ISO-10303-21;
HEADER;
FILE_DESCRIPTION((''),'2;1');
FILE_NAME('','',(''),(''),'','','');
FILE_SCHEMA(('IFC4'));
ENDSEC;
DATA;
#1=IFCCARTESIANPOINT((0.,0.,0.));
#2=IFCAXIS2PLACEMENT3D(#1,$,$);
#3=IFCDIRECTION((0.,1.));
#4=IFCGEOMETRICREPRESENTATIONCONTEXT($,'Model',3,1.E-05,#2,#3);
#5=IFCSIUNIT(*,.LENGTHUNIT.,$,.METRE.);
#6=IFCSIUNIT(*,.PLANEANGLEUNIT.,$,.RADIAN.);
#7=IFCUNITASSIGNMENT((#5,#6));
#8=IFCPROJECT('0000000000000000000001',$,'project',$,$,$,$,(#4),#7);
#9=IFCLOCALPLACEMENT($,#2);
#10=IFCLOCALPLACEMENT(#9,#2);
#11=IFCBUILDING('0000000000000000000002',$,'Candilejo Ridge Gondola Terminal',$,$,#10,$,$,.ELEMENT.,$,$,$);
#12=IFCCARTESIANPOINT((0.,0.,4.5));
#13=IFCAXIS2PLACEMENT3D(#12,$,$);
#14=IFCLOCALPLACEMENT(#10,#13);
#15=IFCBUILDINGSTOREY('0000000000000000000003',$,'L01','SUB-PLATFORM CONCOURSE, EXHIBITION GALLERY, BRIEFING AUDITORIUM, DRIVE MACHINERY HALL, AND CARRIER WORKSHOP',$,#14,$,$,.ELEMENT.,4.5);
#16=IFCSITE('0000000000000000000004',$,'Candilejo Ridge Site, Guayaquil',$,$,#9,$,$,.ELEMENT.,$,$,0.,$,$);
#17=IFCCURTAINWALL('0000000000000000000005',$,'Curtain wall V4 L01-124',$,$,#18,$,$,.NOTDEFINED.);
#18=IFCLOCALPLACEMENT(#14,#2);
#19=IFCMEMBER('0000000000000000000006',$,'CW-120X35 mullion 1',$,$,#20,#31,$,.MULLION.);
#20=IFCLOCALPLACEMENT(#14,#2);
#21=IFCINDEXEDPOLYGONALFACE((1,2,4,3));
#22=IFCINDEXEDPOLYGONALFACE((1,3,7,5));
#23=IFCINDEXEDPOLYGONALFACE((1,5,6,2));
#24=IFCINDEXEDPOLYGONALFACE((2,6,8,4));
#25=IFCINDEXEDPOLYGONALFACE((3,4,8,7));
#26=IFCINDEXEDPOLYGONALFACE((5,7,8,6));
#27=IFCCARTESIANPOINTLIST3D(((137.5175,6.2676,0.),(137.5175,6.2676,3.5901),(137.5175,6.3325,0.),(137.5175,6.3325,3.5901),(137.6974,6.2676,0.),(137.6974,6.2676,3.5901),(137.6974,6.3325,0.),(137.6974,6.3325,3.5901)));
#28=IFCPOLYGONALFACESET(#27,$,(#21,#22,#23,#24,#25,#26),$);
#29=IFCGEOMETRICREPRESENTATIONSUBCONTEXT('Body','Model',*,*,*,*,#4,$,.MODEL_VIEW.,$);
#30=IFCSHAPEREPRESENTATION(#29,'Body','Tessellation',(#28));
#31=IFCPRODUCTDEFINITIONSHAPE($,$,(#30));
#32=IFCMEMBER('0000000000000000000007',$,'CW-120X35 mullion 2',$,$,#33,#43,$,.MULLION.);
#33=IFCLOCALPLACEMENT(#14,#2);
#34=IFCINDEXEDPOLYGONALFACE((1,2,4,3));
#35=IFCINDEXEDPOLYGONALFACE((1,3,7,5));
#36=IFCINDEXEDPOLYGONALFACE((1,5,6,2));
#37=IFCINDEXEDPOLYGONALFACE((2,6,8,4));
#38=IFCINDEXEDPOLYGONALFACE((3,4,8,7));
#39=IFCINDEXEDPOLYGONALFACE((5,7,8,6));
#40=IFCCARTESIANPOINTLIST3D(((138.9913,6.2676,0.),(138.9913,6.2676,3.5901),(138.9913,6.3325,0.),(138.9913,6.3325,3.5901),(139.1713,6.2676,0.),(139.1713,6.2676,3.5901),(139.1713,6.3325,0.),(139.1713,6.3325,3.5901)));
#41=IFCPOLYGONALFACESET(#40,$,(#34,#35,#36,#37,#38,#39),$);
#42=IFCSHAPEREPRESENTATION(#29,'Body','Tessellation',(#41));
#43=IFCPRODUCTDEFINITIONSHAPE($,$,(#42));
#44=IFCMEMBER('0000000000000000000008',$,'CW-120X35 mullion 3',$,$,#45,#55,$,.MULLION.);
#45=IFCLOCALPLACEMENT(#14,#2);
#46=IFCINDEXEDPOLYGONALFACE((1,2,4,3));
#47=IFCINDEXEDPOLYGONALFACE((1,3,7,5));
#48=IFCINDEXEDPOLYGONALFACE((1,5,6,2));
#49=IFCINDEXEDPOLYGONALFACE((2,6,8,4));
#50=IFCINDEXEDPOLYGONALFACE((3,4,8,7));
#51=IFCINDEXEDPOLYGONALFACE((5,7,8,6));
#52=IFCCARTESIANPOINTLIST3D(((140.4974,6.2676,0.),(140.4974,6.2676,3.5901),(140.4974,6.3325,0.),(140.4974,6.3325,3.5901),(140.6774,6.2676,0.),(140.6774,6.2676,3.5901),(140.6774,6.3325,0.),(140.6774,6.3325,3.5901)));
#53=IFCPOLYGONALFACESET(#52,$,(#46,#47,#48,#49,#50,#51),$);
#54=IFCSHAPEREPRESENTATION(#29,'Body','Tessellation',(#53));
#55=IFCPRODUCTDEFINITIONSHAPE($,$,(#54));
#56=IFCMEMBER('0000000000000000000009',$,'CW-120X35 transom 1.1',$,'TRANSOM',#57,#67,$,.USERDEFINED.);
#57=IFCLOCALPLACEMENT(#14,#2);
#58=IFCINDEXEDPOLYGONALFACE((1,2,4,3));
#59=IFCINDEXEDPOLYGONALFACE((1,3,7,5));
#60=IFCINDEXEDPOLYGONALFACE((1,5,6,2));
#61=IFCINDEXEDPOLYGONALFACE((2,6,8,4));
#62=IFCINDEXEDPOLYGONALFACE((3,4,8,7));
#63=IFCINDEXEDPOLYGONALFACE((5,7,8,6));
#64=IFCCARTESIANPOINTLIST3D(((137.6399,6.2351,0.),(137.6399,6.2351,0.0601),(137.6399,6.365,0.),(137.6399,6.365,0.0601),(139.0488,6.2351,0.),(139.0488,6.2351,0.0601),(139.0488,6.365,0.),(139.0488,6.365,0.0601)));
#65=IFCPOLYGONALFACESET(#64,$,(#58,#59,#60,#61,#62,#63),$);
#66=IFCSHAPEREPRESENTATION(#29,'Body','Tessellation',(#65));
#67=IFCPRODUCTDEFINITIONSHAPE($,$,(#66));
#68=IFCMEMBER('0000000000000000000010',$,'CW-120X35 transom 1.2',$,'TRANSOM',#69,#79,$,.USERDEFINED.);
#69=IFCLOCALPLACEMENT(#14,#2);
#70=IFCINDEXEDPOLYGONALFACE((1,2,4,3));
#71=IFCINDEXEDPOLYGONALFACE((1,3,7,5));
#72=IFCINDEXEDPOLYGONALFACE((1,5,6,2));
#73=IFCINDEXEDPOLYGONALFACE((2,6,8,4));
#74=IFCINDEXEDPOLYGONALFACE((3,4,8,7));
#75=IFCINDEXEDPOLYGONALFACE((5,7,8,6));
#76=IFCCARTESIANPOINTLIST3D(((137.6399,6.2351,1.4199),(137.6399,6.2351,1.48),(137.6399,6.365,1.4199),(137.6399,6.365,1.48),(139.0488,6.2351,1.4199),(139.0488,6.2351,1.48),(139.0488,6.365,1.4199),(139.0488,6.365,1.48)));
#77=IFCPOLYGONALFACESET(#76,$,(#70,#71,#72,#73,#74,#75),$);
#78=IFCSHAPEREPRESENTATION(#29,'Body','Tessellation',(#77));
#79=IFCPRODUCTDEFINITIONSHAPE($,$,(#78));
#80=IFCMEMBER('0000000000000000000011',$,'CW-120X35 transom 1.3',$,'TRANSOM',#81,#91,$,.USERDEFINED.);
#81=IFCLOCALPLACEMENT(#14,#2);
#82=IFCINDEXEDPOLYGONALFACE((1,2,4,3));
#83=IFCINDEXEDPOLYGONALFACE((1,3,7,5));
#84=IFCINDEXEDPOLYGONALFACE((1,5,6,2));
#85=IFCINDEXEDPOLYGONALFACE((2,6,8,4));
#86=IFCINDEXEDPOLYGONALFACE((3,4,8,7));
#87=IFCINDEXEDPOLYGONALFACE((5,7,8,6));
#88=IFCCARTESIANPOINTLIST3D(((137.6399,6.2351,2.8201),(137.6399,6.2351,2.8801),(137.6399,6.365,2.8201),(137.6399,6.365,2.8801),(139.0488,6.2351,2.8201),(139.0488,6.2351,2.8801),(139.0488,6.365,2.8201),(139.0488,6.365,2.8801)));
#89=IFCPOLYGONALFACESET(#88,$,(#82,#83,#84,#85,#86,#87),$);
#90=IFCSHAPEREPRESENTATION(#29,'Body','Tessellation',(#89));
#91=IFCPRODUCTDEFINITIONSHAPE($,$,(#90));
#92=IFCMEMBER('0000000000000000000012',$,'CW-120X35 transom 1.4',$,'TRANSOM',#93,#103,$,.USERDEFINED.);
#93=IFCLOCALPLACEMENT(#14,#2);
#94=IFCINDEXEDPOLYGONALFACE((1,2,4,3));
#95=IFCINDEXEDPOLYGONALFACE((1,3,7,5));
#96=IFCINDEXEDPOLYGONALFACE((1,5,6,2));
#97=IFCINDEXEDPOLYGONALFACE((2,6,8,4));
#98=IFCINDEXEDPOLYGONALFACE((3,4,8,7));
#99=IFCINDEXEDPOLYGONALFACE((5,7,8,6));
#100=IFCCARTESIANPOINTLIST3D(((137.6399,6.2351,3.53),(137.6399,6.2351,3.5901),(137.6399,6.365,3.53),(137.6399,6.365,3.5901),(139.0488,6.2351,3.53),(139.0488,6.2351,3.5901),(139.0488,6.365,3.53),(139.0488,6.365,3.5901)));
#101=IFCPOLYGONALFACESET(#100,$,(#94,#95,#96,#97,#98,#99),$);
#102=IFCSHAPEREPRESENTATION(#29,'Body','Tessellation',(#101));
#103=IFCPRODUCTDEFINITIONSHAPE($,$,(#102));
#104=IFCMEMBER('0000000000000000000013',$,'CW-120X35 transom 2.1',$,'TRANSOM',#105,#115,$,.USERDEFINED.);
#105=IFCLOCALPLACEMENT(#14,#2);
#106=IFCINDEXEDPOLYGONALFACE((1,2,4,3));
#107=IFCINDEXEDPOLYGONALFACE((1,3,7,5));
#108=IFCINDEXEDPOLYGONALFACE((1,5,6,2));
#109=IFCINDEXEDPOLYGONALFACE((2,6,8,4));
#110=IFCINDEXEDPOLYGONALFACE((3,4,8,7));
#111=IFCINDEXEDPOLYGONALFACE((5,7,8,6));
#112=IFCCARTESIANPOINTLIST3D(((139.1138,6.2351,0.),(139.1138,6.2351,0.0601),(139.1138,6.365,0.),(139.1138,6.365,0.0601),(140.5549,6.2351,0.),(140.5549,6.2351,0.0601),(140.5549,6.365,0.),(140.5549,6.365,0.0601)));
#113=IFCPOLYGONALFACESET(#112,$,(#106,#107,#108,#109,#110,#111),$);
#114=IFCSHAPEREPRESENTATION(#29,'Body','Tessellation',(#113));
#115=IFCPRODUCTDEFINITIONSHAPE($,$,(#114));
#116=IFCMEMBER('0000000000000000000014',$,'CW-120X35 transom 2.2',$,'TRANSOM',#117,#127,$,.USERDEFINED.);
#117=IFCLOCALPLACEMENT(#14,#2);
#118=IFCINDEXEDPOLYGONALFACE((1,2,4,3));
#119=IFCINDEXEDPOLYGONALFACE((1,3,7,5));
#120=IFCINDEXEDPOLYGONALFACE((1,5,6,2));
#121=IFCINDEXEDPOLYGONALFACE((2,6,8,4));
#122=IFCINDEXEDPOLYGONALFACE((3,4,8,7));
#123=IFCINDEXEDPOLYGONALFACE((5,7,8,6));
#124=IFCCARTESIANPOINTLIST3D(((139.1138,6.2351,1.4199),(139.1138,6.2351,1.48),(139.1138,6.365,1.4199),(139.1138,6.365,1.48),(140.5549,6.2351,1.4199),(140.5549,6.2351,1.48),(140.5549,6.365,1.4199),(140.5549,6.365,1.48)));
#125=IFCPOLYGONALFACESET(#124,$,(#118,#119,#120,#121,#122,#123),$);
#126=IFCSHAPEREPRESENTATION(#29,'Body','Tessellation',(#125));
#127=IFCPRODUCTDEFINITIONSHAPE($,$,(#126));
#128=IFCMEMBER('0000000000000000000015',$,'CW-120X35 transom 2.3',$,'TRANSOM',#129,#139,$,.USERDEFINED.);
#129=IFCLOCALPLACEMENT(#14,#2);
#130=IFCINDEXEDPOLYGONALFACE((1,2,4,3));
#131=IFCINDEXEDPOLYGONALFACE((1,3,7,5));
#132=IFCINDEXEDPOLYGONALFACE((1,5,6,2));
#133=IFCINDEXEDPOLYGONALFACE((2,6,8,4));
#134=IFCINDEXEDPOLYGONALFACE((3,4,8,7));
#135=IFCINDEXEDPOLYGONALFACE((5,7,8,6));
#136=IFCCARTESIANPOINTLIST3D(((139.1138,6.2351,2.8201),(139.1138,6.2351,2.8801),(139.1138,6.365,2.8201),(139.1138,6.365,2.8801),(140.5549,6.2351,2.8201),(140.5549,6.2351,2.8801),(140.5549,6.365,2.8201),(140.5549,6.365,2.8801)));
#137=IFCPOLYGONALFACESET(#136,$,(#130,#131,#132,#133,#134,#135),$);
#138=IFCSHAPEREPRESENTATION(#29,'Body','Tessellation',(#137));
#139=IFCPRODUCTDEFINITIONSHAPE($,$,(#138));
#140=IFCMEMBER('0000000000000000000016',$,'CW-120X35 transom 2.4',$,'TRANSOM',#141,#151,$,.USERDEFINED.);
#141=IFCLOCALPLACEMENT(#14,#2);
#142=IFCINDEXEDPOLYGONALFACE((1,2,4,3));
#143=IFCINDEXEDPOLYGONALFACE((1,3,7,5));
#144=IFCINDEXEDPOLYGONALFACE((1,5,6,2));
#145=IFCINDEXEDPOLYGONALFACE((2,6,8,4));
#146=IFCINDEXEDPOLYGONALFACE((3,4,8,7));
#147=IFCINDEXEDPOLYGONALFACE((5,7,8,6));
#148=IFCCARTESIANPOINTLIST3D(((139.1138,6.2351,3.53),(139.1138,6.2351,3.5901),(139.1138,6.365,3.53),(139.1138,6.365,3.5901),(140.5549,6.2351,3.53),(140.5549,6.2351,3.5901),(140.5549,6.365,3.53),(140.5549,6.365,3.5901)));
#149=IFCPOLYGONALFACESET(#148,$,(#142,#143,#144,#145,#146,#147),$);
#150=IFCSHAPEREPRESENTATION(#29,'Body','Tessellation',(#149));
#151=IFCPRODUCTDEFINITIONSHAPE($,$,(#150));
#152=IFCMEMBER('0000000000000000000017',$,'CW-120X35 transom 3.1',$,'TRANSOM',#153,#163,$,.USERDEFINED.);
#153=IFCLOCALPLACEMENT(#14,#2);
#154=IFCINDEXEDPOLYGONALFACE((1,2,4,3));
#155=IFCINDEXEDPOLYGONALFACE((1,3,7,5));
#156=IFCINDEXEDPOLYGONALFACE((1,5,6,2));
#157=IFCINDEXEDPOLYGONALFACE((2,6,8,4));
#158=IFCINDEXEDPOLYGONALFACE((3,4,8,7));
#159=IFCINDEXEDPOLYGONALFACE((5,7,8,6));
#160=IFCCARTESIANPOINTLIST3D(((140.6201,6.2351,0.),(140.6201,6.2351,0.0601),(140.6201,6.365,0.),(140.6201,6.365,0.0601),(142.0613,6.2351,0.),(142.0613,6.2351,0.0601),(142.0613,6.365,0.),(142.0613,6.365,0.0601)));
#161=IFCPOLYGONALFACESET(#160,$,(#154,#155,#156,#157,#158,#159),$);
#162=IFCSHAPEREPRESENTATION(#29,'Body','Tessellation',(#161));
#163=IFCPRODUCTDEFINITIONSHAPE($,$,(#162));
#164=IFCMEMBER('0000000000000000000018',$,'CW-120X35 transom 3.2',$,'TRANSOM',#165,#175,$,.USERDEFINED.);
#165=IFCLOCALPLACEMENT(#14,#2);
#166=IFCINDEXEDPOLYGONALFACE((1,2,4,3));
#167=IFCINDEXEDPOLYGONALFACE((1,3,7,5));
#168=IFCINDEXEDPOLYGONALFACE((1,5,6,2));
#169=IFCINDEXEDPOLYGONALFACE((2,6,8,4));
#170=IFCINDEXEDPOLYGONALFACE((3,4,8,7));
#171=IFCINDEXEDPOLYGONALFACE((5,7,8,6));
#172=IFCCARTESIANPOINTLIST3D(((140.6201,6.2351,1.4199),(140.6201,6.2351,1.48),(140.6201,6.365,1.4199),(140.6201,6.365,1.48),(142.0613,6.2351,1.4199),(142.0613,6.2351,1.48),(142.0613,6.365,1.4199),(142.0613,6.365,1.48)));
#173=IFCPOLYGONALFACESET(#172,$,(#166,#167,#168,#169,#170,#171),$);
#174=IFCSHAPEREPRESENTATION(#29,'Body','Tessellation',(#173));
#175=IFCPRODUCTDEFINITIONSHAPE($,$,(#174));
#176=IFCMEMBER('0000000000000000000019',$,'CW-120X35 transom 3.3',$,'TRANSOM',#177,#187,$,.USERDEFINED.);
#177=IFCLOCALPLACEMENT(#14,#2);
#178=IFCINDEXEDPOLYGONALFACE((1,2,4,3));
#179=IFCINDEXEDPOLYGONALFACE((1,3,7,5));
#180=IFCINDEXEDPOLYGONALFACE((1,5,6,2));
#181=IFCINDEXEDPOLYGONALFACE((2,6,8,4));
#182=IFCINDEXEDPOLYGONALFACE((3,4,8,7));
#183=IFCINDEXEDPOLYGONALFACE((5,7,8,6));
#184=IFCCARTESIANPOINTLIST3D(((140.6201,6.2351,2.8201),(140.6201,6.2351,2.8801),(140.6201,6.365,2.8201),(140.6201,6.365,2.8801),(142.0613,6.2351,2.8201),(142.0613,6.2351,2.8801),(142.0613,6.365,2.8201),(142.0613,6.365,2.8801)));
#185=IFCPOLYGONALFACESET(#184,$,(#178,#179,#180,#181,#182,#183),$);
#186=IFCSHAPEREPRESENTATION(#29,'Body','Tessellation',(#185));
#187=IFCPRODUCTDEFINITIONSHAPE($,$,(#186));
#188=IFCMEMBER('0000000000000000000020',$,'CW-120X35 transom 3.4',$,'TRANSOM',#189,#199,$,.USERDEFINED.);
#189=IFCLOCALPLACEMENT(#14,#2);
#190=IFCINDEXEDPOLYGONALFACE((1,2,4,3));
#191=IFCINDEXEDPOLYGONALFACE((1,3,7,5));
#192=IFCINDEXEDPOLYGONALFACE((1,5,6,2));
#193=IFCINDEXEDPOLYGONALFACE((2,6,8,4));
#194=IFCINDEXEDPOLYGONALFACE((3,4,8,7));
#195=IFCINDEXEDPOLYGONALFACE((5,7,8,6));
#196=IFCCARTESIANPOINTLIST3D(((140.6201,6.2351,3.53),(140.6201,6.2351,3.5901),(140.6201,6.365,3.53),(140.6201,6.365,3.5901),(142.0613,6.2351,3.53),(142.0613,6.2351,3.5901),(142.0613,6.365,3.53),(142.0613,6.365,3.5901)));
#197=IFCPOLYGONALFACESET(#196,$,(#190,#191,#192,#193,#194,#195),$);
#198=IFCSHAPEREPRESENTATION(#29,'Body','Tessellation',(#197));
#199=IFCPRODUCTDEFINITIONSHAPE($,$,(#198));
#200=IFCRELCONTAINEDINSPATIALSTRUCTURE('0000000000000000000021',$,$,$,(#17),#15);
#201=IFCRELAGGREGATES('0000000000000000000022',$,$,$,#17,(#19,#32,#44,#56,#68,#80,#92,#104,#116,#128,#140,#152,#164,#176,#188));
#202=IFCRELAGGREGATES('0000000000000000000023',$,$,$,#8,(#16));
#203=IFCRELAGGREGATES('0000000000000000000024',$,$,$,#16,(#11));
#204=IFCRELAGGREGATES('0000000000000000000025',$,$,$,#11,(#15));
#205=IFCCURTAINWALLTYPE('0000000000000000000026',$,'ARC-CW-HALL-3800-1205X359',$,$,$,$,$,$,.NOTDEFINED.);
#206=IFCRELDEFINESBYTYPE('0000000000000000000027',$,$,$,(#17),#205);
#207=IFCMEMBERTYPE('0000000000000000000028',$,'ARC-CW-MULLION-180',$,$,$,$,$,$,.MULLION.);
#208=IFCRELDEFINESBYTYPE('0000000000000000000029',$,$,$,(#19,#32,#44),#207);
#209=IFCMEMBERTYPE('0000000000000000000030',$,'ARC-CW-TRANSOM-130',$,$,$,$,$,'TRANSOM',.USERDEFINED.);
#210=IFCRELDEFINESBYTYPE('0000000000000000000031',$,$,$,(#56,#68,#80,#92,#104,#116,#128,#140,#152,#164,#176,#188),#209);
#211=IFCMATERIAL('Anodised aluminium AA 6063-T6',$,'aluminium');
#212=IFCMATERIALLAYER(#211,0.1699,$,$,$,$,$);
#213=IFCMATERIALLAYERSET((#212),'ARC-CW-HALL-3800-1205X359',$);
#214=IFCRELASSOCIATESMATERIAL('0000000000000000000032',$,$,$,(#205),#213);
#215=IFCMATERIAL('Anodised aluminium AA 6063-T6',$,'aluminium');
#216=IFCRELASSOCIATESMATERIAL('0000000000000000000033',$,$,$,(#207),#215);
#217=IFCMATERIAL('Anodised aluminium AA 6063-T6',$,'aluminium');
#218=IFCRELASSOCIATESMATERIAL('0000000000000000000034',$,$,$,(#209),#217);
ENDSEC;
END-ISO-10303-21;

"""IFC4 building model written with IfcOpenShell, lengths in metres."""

from ifc_helpers import new_model, si_unit, direction, frame, origin, origin_2d, place, context, subcontext, project, spatial, rectangle, extrude, material, layer, layer_set, material_profile, profile_set, type_object, element, aggregate, save


model = new_model("IFC4")

# Units and contexts
model_context = context("Model", 3, precision=1e-05, world=origin(), true_north=direction((0.0, 1.0)))
body_context = subcontext(model_context, "Body", "Model", "MODEL_VIEW")
ifc_project = project(units=[si_unit("LENGTHUNIT", "METRE"), si_unit("PLANEANGLEUNIT", "RADIAN")], contexts=[model_context])

# Site, building, storey
site_placement = place(None, origin())
site = spatial("IfcSite", under=ifc_project, at=site_placement, Name="Candilejo Ridge Site, Guayaquil", CompositionType="ELEMENT", RefElevation=0.0)
building_placement = place(site_placement, origin())
building = spatial("IfcBuilding", under=site, at=building_placement, Name="Candilejo Ridge Gondola Terminal", CompositionType="ELEMENT")
storey_placement = place(building_placement, frame((0.0, 0.0, 4.5)))
storey = spatial("IfcBuildingStorey", under=building, at=storey_placement, Name="L01", Description="SUB-PLATFORM CONCOURSE, EXHIBITION GALLERY, BRIEFING AUDITORIUM, DRIVE MACHINERY HALL, AND CARRIER WORKSHOP", CompositionType="ELEMENT", Elevation=4.5)

# Curtain wall, members
ifc_material_1 = material(Name="Anodised aluminium AA 6063-T6", Category="aluminium")
ifc_layer_1 = layer(ifc_material_1, 0.1699)
ifc_layer_set_1 = layer_set([ifc_layer_1], Name="ARC-CW-HALL-3800-1205X359")
curtain_wall_type = type_object("IfcCurtainWallType", Name="ARC-CW-HALL-3800-1205X359", PredefinedType="NOTDEFINED", material=ifc_layer_set_1)
curtain_wall_placement = place(storey_placement, origin())
curtain_wall = element("IfcCurtainWall", 1, at=curtain_wall_placement, inside=storey, type_object=curtain_wall_type, Name="Curtain wall V4 L01-124", PredefinedType="NOTDEFINED")
ifc_material_2 = material(Name="Anodised aluminium AA 6063-T6", Category="aluminium")
ifc_material_profile_1 = material_profile(ifc_material_2, rectangle(XDim=0.0649, YDim=0.1799, at=origin_2d()))
ifc_profile_set_1 = profile_set([ifc_material_profile_1], Name="Anodised aluminium AA 6063-T6")
member_type_1 = type_object("IfcMemberType", Name="ARC-CW-MULLION-180", PredefinedType="MULLION", material=ifc_profile_set_1)
member_1_placement = place(storey_placement, frame((137.6074, 6.3, 0.0), z_axis=(0.0, 0.0, 1.0), x_axis=(0.0, 1.0, 0.0)))
member_1 = element("IfcMember", 2, at=member_1_placement, type_object=member_type_1, Name="CW-120X35 mullion 1", PredefinedType="MULLION", context=body_context, shape_type="SweptSolid", body=[
    extrude(rectangle(XDim=0.0649, YDim=0.1799, at=origin_2d()), origin(), (0.0, 0.0, 1.0), 3.5901),
])
member_2_placement = place(storey_placement, frame((139.0813, 6.3, 0.0), z_axis=(0.0, 0.0, 1.0), x_axis=(0.0, 1.0, 0.0)))
member_2 = element("IfcMember", 3, at=member_2_placement, type_object=member_type_1, Name="CW-120X35 mullion 2", PredefinedType="MULLION", context=body_context, shape_type="SweptSolid", body=[
    extrude(rectangle(XDim=0.0649, YDim=0.1799, at=origin_2d()), origin(), (0.0, 0.0, 1.0), 3.5901),
])
member_3_placement = place(storey_placement, frame((140.5874, 6.3, 0.0), z_axis=(0.0, 0.0, 1.0), x_axis=(0.0, 1.0, 0.0)))
member_3 = element("IfcMember", 4, at=member_3_placement, type_object=member_type_1, Name="CW-120X35 mullion 3", PredefinedType="MULLION", context=body_context, shape_type="SweptSolid", body=[
    extrude(rectangle(XDim=0.0649, YDim=0.1799, at=origin_2d()), origin(), (0.0, 0.0, 1.0), 3.5901),
])
ifc_material_3 = material(Name="Anodised aluminium AA 6063-T6", Category="aluminium")
ifc_material_profile_2 = material_profile(ifc_material_3, rectangle(XDim=0.1299, YDim=0.0601, at=origin_2d()))
ifc_profile_set_2 = profile_set([ifc_material_profile_2], Name="Anodised aluminium AA 6063-T6")
member_type_2 = type_object("IfcMemberType", Name="ARC-CW-TRANSOM-130", ElementType="TRANSOM", PredefinedType="USERDEFINED", material=ifc_profile_set_2)
member_4_placement = place(storey_placement, frame((137.6399, 6.3, 0.03), z_axis=(1.0, 0.0, 0.0), x_axis=(0.0, 1.0, 0.0)))
member_4 = element("IfcMember", 5, at=member_4_placement, type_object=member_type_2, Name="CW-120X35 transom 1.1", ObjectType="TRANSOM", PredefinedType="USERDEFINED", context=body_context, shape_type="SweptSolid", body=[
    extrude(rectangle(XDim=0.1299, YDim=0.0601, at=origin_2d()), origin(), (0.0, 0.0, 1.0), 1.4089),
])
member_5_placement = place(storey_placement, frame((137.6399, 6.3, 1.45), z_axis=(1.0, 0.0, 0.0), x_axis=(0.0, 1.0, 0.0)))
member_5 = element("IfcMember", 6, at=member_5_placement, type_object=member_type_2, Name="CW-120X35 transom 1.2", ObjectType="TRANSOM", PredefinedType="USERDEFINED", context=body_context, shape_type="SweptSolid", body=[
    extrude(rectangle(XDim=0.1299, YDim=0.0601, at=origin_2d()), origin(), (0.0, 0.0, 1.0), 1.4089),
])
member_6_placement = place(storey_placement, frame((137.6399, 6.3, 2.8501), z_axis=(1.0, 0.0, 0.0), x_axis=(0.0, 1.0, 0.0)))
member_6 = element("IfcMember", 7, at=member_6_placement, type_object=member_type_2, Name="CW-120X35 transom 1.3", ObjectType="TRANSOM", PredefinedType="USERDEFINED", context=body_context, shape_type="SweptSolid", body=[
    extrude(rectangle(XDim=0.1299, YDim=0.0601, at=origin_2d()), origin(), (0.0, 0.0, 1.0), 1.4089),
])
member_7_placement = place(storey_placement, frame((137.6399, 6.3, 3.5601), z_axis=(1.0, 0.0, 0.0), x_axis=(0.0, 1.0, 0.0)))
member_7 = element("IfcMember", 8, at=member_7_placement, type_object=member_type_2, Name="CW-120X35 transom 1.4", ObjectType="TRANSOM", PredefinedType="USERDEFINED", context=body_context, shape_type="SweptSolid", body=[
    extrude(rectangle(XDim=0.1299, YDim=0.0601, at=origin_2d()), origin(), (0.0, 0.0, 1.0), 1.4089),
])
member_8_placement = place(storey_placement, frame((139.1138, 6.3, 0.03), z_axis=(1.0, 0.0, 0.0), x_axis=(0.0, 1.0, 0.0)))
member_8 = element("IfcMember", 9, at=member_8_placement, type_object=member_type_2, Name="CW-120X35 transom 2.1", ObjectType="TRANSOM", PredefinedType="USERDEFINED", context=body_context, shape_type="SweptSolid", body=[
    extrude(rectangle(XDim=0.1299, YDim=0.0601, at=origin_2d()), origin(), (0.0, 0.0, 1.0), 1.4412),
])
member_9_placement = place(storey_placement, frame((139.1138, 6.3, 1.45), z_axis=(1.0, 0.0, 0.0), x_axis=(0.0, 1.0, 0.0)))
member_9 = element("IfcMember", 10, at=member_9_placement, type_object=member_type_2, Name="CW-120X35 transom 2.2", ObjectType="TRANSOM", PredefinedType="USERDEFINED", context=body_context, shape_type="SweptSolid", body=[
    extrude(rectangle(XDim=0.1299, YDim=0.0601, at=origin_2d()), origin(), (0.0, 0.0, 1.0), 1.4412),
])
member_10_placement = place(storey_placement, frame((139.1138, 6.3, 2.8501), z_axis=(1.0, 0.0, 0.0), x_axis=(0.0, 1.0, 0.0)))
member_10 = element("IfcMember", 11, at=member_10_placement, type_object=member_type_2, Name="CW-120X35 transom 2.3", ObjectType="TRANSOM", PredefinedType="USERDEFINED", context=body_context, shape_type="SweptSolid", body=[
    extrude(rectangle(XDim=0.1299, YDim=0.0601, at=origin_2d()), origin(), (0.0, 0.0, 1.0), 1.4412),
])
member_11_placement = place(storey_placement, frame((139.1138, 6.3, 3.5601), z_axis=(1.0, 0.0, 0.0), x_axis=(0.0, 1.0, 0.0)))
member_11 = element("IfcMember", 12, at=member_11_placement, type_object=member_type_2, Name="CW-120X35 transom 2.4", ObjectType="TRANSOM", PredefinedType="USERDEFINED", context=body_context, shape_type="SweptSolid", body=[
    extrude(rectangle(XDim=0.1299, YDim=0.0601, at=origin_2d()), origin(), (0.0, 0.0, 1.0), 1.4412),
])
member_12_placement = place(storey_placement, frame((140.6201, 6.3, 0.03), z_axis=(1.0, 0.0, 0.0), x_axis=(0.0, 1.0, 0.0)))
member_12 = element("IfcMember", 13, at=member_12_placement, type_object=member_type_2, Name="CW-120X35 transom 3.1", ObjectType="TRANSOM", PredefinedType="USERDEFINED", context=body_context, shape_type="SweptSolid", body=[
    extrude(rectangle(XDim=0.1299, YDim=0.0601, at=origin_2d()), origin(), (0.0, 0.0, 1.0), 1.4412),
])
member_13_placement = place(storey_placement, frame((140.6201, 6.3, 1.45), z_axis=(1.0, 0.0, 0.0), x_axis=(0.0, 1.0, 0.0)))
member_13 = element("IfcMember", 14, at=member_13_placement, type_object=member_type_2, Name="CW-120X35 transom 3.2", ObjectType="TRANSOM", PredefinedType="USERDEFINED", context=body_context, shape_type="SweptSolid", body=[
    extrude(rectangle(XDim=0.1299, YDim=0.0601, at=origin_2d()), origin(), (0.0, 0.0, 1.0), 1.4412),
])
member_14_placement = place(storey_placement, frame((140.6201, 6.3, 2.8501), z_axis=(1.0, 0.0, 0.0), x_axis=(0.0, 1.0, 0.0)))
member_14 = element("IfcMember", 15, at=member_14_placement, type_object=member_type_2, Name="CW-120X35 transom 3.3", ObjectType="TRANSOM", PredefinedType="USERDEFINED", context=body_context, shape_type="SweptSolid", body=[
    extrude(rectangle(XDim=0.1299, YDim=0.0601, at=origin_2d()), origin(), (0.0, 0.0, 1.0), 1.4412),
])
member_15_placement = place(storey_placement, frame((140.6201, 6.3, 3.5601), z_axis=(1.0, 0.0, 0.0), x_axis=(0.0, 1.0, 0.0)))
member_15 = element("IfcMember", 16, at=member_15_placement, type_object=member_type_2, Name="CW-120X35 transom 3.4", ObjectType="TRANSOM", PredefinedType="USERDEFINED", context=body_context, shape_type="SweptSolid", body=[
    extrude(rectangle(XDim=0.1299, YDim=0.0601, at=origin_2d()), origin(), (0.0, 0.0, 1.0), 1.4412),
])
aggregate(curtain_wall, [member_1, member_2, member_3, member_4, member_5, member_6, member_7, member_8, member_9, member_10, member_11, member_12, member_13, member_14, member_15])

save(model, "model.ifc")
